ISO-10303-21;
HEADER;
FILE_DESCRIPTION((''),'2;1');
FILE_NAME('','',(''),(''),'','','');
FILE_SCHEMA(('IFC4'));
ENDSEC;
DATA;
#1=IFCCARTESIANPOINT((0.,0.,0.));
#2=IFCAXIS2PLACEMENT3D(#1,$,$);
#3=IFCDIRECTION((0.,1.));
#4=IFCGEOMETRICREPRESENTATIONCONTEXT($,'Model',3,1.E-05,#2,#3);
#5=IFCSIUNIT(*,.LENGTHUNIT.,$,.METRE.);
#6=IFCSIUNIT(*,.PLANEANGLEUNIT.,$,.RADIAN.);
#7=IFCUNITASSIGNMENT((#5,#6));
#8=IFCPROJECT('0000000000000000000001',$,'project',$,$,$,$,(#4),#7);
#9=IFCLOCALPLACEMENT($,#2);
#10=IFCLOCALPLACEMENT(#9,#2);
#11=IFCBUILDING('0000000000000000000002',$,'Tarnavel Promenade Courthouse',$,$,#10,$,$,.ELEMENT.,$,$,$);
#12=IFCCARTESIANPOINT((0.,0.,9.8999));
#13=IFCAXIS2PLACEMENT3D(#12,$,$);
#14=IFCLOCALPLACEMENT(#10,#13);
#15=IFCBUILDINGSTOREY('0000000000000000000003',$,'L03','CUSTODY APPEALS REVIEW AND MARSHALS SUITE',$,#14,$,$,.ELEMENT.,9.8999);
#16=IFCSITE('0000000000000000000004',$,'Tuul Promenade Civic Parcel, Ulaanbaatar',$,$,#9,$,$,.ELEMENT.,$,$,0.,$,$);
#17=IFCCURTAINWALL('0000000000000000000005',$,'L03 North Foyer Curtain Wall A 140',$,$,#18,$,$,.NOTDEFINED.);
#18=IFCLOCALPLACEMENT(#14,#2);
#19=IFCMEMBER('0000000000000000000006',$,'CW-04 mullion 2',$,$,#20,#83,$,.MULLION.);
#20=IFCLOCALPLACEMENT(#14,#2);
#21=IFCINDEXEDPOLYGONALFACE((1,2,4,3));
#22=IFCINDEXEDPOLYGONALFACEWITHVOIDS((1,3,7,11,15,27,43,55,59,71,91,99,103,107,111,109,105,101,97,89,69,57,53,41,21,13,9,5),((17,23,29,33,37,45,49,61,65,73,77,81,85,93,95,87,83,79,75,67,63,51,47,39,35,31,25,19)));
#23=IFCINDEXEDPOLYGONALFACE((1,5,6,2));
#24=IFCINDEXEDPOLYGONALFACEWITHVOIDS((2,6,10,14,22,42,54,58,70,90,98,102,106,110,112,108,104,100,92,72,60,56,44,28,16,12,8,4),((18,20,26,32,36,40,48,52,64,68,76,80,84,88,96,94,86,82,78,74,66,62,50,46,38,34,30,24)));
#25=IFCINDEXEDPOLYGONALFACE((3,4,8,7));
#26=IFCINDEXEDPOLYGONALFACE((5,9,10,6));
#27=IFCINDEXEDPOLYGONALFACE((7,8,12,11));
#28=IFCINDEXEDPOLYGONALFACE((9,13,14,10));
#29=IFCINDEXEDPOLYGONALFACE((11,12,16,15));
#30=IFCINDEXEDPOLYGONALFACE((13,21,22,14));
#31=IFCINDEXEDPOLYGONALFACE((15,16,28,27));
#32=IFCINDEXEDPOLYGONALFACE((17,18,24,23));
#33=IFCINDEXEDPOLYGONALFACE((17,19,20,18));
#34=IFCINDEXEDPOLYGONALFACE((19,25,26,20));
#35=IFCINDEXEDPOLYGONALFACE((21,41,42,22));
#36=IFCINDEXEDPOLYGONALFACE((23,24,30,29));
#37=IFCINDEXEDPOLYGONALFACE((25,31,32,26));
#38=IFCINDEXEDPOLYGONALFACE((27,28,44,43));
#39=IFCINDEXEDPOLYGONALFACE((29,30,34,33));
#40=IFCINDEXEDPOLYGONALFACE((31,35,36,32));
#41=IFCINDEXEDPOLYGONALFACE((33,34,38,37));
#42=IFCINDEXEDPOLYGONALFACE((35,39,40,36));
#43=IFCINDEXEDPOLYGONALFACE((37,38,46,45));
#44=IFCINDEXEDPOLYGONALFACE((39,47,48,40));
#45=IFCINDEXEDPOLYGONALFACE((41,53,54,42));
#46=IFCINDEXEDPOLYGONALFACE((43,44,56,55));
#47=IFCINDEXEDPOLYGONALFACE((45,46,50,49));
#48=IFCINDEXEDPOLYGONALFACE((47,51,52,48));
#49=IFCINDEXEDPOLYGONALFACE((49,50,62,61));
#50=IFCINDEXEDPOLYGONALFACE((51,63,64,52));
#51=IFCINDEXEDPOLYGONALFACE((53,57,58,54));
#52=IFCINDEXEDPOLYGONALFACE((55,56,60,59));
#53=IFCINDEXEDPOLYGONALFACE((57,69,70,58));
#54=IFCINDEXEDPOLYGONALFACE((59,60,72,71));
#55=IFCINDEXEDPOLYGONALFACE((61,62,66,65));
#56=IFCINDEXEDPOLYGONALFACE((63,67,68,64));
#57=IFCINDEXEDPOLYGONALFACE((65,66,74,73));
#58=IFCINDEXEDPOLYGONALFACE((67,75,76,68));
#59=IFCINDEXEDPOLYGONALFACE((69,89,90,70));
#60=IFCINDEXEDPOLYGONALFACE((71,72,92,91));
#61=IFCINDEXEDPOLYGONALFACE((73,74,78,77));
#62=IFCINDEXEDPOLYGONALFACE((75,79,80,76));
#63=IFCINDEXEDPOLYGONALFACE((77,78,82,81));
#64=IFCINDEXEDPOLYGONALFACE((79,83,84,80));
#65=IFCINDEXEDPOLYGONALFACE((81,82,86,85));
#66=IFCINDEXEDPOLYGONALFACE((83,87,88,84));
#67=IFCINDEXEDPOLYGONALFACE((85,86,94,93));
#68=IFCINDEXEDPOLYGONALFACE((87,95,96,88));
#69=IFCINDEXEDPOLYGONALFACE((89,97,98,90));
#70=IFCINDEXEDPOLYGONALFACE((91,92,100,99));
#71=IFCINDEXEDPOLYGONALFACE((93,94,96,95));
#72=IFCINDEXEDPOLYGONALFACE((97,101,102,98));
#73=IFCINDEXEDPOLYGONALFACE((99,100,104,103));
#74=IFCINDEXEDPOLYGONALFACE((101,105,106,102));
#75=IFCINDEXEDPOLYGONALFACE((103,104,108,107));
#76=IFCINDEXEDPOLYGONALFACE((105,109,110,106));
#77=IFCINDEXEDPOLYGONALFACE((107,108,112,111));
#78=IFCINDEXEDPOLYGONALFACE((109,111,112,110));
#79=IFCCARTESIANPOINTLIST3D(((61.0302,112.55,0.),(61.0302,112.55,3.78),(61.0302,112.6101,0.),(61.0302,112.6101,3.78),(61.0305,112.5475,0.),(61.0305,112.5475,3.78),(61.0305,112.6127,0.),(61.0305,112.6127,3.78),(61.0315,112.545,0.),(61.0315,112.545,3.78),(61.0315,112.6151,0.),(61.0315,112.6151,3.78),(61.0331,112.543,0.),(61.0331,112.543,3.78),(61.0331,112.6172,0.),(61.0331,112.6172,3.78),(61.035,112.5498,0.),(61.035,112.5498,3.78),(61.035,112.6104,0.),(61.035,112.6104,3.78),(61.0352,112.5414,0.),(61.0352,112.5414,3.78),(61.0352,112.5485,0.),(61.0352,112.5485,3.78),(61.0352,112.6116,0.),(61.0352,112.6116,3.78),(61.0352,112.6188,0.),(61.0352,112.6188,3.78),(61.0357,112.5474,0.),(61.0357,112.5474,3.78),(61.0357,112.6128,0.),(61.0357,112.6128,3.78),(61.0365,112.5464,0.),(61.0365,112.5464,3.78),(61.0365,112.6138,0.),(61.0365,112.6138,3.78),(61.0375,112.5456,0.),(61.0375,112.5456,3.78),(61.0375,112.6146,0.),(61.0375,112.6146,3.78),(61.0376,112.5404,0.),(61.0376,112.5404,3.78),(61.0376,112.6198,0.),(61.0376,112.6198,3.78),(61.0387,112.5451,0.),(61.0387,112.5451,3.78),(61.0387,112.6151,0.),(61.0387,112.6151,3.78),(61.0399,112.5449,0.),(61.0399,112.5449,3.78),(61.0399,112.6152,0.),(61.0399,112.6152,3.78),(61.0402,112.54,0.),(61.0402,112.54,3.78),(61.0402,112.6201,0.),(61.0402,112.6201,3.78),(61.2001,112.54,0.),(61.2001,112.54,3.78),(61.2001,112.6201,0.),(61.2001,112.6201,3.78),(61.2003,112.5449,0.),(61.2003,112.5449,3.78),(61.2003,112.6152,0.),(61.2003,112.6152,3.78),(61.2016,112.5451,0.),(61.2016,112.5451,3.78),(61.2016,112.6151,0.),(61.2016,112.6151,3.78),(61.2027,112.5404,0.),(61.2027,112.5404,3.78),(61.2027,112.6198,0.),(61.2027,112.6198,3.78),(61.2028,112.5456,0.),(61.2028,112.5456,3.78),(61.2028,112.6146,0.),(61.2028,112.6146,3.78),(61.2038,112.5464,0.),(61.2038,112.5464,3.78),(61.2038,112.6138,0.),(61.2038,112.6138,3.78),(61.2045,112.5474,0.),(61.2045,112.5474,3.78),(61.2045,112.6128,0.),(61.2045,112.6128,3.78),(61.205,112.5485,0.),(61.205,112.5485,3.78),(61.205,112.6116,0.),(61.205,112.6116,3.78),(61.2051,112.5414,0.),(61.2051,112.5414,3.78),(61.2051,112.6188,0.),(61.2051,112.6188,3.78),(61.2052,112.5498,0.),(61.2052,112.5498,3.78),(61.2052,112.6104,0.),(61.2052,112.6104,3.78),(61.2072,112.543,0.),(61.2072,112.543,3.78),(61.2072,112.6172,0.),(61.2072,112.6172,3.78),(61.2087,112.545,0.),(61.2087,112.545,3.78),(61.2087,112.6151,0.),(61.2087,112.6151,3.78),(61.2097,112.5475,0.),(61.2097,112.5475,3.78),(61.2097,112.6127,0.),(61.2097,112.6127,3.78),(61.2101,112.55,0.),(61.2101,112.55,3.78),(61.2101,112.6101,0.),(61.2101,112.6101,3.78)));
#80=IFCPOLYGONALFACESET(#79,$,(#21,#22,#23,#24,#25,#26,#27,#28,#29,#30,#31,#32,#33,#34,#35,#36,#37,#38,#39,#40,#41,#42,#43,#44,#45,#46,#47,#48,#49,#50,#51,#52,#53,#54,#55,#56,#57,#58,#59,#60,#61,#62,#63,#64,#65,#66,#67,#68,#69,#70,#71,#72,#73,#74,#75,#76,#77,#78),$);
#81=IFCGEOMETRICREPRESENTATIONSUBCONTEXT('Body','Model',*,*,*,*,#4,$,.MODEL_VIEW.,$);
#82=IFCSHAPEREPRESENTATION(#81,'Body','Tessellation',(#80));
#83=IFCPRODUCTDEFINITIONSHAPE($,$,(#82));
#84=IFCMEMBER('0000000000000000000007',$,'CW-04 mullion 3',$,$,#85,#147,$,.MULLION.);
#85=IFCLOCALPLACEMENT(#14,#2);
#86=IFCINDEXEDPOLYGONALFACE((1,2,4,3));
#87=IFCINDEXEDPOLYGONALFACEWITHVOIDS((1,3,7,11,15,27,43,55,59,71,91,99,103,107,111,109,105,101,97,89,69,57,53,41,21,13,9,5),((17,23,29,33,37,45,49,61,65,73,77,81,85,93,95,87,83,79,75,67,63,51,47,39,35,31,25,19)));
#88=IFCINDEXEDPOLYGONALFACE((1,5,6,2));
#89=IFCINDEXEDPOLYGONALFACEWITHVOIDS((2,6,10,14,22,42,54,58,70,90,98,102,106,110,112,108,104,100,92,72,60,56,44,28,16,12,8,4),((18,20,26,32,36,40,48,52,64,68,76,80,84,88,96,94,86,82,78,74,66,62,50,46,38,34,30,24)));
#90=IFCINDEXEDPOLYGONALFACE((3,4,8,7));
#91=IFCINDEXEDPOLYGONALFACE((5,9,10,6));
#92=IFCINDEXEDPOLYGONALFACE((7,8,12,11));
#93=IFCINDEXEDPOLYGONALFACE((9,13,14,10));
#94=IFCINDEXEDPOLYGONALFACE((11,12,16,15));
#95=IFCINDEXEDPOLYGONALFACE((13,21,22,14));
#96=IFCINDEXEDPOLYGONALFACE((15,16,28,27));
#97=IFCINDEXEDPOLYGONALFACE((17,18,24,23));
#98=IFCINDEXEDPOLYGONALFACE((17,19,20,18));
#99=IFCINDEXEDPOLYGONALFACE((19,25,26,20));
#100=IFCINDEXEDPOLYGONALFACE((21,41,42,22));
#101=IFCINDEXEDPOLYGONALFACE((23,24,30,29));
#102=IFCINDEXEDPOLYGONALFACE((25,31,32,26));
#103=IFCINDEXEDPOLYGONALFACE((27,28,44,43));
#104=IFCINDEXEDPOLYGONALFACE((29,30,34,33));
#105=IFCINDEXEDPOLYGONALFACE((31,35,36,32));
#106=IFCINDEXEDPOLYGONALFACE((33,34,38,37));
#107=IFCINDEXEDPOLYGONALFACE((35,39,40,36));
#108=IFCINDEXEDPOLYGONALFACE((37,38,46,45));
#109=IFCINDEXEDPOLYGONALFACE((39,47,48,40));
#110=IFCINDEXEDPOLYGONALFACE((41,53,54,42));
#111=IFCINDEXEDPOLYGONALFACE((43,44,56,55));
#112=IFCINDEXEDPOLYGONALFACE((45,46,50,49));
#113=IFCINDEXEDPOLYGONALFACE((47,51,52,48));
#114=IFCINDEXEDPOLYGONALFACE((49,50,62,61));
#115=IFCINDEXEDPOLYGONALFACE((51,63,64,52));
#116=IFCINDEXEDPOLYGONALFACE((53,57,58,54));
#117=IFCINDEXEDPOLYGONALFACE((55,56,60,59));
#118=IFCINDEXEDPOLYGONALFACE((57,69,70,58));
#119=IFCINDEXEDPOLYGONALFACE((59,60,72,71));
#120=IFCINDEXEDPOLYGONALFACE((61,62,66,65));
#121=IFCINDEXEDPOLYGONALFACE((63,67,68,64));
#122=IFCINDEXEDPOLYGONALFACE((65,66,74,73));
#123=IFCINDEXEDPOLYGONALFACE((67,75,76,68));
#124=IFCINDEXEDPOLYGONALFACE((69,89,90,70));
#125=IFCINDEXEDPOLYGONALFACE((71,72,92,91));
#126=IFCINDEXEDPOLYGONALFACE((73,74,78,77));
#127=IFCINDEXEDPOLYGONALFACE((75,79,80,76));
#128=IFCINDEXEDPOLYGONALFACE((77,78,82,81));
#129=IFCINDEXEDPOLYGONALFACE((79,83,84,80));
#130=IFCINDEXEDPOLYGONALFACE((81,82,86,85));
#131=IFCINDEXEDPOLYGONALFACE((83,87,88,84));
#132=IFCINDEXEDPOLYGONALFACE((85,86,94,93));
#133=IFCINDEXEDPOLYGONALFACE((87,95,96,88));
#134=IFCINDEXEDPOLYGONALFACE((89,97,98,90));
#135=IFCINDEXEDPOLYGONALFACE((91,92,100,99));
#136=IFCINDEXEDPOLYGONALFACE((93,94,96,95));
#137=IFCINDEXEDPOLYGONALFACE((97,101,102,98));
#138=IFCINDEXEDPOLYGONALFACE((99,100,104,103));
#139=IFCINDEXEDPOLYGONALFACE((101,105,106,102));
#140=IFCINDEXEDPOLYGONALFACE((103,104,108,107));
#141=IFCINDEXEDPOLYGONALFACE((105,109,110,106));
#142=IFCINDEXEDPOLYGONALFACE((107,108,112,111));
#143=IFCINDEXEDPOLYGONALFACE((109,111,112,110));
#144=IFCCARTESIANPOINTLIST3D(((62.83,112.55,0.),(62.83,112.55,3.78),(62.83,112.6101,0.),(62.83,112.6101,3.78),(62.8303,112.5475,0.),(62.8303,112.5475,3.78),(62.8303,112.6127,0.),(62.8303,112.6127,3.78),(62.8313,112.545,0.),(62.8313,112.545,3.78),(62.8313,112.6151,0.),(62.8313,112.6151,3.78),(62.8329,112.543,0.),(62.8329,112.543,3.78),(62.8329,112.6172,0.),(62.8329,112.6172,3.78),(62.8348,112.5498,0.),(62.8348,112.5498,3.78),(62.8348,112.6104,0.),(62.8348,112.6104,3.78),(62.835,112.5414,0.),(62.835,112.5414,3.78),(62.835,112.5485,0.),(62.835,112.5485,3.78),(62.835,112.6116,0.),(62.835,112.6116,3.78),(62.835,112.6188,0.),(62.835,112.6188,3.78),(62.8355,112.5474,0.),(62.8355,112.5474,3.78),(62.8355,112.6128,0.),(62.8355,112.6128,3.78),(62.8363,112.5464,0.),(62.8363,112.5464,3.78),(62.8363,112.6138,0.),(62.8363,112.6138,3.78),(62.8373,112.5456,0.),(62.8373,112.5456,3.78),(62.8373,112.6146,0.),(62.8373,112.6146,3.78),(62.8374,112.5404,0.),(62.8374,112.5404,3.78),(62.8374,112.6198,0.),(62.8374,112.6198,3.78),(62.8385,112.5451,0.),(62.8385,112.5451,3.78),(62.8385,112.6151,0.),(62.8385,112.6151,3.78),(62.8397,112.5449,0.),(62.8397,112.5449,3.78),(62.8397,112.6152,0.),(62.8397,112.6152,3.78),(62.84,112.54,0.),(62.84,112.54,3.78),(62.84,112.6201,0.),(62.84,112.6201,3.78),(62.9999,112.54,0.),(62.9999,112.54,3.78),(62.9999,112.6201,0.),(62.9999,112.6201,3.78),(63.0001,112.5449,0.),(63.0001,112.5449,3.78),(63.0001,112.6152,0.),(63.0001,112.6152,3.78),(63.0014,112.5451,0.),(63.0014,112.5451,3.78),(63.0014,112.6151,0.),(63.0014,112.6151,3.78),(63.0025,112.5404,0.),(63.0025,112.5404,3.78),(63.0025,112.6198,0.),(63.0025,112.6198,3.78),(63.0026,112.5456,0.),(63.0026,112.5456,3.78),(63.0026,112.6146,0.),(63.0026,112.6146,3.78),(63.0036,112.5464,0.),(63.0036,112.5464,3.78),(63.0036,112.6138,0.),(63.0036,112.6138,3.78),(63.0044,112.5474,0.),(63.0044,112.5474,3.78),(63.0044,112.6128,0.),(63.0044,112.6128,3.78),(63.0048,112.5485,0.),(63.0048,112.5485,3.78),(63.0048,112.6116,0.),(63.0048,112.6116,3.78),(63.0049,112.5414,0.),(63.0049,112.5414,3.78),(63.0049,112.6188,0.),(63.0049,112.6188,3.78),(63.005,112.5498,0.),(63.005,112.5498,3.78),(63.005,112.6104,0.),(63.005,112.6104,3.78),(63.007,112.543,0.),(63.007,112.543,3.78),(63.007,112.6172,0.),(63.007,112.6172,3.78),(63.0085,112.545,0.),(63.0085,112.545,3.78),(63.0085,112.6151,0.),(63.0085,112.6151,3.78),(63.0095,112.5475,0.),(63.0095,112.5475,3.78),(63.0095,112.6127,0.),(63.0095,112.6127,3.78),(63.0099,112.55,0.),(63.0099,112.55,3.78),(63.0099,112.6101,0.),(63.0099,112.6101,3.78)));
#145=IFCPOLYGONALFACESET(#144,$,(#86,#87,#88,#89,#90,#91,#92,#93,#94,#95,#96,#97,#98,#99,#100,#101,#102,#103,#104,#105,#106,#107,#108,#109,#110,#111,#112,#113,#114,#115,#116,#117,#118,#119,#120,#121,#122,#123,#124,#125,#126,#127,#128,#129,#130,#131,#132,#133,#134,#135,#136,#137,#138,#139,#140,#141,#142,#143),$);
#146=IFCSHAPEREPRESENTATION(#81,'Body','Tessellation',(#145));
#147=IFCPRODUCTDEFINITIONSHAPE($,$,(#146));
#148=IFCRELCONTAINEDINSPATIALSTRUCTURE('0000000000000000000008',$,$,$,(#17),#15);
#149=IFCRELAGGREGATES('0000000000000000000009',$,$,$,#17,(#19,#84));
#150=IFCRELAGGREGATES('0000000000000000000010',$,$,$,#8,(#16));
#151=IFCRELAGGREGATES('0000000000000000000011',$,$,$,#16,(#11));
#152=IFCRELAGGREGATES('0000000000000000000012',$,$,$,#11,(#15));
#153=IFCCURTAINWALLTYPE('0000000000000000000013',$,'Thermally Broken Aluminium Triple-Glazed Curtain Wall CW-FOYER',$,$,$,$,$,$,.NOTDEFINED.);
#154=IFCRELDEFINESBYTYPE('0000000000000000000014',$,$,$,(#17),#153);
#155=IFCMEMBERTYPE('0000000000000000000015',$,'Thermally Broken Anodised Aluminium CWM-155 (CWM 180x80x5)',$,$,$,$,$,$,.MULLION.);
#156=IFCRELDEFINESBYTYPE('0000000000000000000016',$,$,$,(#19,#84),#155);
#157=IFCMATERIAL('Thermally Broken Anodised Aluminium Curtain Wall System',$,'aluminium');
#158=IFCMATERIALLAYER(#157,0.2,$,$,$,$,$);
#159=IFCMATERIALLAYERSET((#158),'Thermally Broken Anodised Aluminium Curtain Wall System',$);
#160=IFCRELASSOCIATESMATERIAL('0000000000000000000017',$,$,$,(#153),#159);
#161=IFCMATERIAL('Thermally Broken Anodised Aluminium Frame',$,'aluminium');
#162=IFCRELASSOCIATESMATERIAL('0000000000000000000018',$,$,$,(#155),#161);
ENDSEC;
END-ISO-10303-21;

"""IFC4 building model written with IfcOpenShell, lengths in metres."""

from ifc_helpers import new_model, si_unit, direction, frame, origin, origin_2d, place, context, subcontext, project, spatial, hollow_rectangle, extrude, material, layer, layer_set, material_profile, profile_set, type_object, element, aggregate, save


model = new_model("IFC4")

# Units and contexts
model_context = context("Model", 3, precision=1e-05, world=origin(), true_north=direction((0.0, 1.0)))
body_context = subcontext(model_context, "Body", "Model", "MODEL_VIEW")
ifc_project = project(units=[si_unit("LENGTHUNIT", "METRE"), si_unit("PLANEANGLEUNIT", "RADIAN")], contexts=[model_context])

# Site, building, storey
site_placement = place(None, origin())
site = spatial("IfcSite", under=ifc_project, at=site_placement, Name="Tuul Promenade Civic Parcel, Ulaanbaatar", CompositionType="ELEMENT", RefElevation=0.0)
building_placement = place(site_placement, origin())
building = spatial("IfcBuilding", under=site, at=building_placement, Name="Tarnavel Promenade Courthouse", CompositionType="ELEMENT")
storey_placement = place(building_placement, frame((0.0, 0.0, 9.8999)))
storey = spatial("IfcBuildingStorey", under=building, at=storey_placement, Name="L03", Description="CUSTODY APPEALS REVIEW AND MARSHALS SUITE", CompositionType="ELEMENT", Elevation=9.8999)

# Curtain wall, members
ifc_material_1 = material(Name="Thermally Broken Anodised Aluminium Curtain Wall System", Category="aluminium")
ifc_layer_1 = layer(ifc_material_1, 0.2)
ifc_layer_set_1 = layer_set([ifc_layer_1], Name="Thermally Broken Anodised Aluminium Curtain Wall System")
curtain_wall_type = type_object("IfcCurtainWallType", Name="Thermally Broken Aluminium Triple-Glazed Curtain Wall CW-FOYER", PredefinedType="NOTDEFINED", material=ifc_layer_set_1)
curtain_wall_1_placement = place(storey_placement, origin())
curtain_wall_1 = element("IfcCurtainWall", 1, at=curtain_wall_1_placement, inside=storey, type_object=curtain_wall_type, Name="L03 North Foyer Curtain Wall A 140", PredefinedType="NOTDEFINED")
ifc_material_2 = material(Name="Thermally Broken Anodised Aluminium Frame", Category="aluminium")
ifc_material_profile_1 = material_profile(ifc_material_2, hollow_rectangle(XDim=0.0801, YDim=0.1799, WallThickness=0.0049, InnerFilletRadius=0.0049, OuterFilletRadius=0.01, at=origin_2d()), Name="CWM 180x80x5")
ifc_profile_set_1 = profile_set([ifc_material_profile_1], Name="Thermally Broken Anodised Aluminium Frame")
member_type_1 = type_object("IfcMemberType", Name="Thermally Broken Anodised Aluminium CWM-155 (CWM 180x80x5)", PredefinedType="MULLION", material=ifc_profile_set_1)
member_1_placement = place(storey_placement, frame((61.1201, 112.5801, 0.0), z_axis=(0.0, 0.0, 1.0), x_axis=(0.0, 1.0, 0.0)))
member_1 = element("IfcMember", 2, at=member_1_placement, type_object=member_type_1, Name="CW-04 mullion 2", PredefinedType="MULLION", context=body_context, shape_type="SweptSolid", body=[
    extrude(hollow_rectangle(XDim=0.0801, YDim=0.1799, WallThickness=0.0049, InnerFilletRadius=0.0049, OuterFilletRadius=0.01, at=origin_2d()), origin(), (0.0, 0.0, 1.0), 3.78),
])
member_2_placement = place(storey_placement, frame((62.9199, 112.5801, 0.0), z_axis=(0.0, 0.0, 1.0), x_axis=(0.0, 1.0, 0.0)))
member_2 = element("IfcMember", 3, at=member_2_placement, type_object=member_type_1, Name="CW-04 mullion 3", PredefinedType="MULLION", context=body_context, shape_type="SweptSolid", body=[
    extrude(hollow_rectangle(XDim=0.0801, YDim=0.1799, WallThickness=0.0049, InnerFilletRadius=0.0049, OuterFilletRadius=0.01, at=origin_2d()), origin(), (0.0, 0.0, 1.0), 3.78),
])

aggregate(curtain_wall_1, [member_1, member_2])

save(model, "model.ifc")
